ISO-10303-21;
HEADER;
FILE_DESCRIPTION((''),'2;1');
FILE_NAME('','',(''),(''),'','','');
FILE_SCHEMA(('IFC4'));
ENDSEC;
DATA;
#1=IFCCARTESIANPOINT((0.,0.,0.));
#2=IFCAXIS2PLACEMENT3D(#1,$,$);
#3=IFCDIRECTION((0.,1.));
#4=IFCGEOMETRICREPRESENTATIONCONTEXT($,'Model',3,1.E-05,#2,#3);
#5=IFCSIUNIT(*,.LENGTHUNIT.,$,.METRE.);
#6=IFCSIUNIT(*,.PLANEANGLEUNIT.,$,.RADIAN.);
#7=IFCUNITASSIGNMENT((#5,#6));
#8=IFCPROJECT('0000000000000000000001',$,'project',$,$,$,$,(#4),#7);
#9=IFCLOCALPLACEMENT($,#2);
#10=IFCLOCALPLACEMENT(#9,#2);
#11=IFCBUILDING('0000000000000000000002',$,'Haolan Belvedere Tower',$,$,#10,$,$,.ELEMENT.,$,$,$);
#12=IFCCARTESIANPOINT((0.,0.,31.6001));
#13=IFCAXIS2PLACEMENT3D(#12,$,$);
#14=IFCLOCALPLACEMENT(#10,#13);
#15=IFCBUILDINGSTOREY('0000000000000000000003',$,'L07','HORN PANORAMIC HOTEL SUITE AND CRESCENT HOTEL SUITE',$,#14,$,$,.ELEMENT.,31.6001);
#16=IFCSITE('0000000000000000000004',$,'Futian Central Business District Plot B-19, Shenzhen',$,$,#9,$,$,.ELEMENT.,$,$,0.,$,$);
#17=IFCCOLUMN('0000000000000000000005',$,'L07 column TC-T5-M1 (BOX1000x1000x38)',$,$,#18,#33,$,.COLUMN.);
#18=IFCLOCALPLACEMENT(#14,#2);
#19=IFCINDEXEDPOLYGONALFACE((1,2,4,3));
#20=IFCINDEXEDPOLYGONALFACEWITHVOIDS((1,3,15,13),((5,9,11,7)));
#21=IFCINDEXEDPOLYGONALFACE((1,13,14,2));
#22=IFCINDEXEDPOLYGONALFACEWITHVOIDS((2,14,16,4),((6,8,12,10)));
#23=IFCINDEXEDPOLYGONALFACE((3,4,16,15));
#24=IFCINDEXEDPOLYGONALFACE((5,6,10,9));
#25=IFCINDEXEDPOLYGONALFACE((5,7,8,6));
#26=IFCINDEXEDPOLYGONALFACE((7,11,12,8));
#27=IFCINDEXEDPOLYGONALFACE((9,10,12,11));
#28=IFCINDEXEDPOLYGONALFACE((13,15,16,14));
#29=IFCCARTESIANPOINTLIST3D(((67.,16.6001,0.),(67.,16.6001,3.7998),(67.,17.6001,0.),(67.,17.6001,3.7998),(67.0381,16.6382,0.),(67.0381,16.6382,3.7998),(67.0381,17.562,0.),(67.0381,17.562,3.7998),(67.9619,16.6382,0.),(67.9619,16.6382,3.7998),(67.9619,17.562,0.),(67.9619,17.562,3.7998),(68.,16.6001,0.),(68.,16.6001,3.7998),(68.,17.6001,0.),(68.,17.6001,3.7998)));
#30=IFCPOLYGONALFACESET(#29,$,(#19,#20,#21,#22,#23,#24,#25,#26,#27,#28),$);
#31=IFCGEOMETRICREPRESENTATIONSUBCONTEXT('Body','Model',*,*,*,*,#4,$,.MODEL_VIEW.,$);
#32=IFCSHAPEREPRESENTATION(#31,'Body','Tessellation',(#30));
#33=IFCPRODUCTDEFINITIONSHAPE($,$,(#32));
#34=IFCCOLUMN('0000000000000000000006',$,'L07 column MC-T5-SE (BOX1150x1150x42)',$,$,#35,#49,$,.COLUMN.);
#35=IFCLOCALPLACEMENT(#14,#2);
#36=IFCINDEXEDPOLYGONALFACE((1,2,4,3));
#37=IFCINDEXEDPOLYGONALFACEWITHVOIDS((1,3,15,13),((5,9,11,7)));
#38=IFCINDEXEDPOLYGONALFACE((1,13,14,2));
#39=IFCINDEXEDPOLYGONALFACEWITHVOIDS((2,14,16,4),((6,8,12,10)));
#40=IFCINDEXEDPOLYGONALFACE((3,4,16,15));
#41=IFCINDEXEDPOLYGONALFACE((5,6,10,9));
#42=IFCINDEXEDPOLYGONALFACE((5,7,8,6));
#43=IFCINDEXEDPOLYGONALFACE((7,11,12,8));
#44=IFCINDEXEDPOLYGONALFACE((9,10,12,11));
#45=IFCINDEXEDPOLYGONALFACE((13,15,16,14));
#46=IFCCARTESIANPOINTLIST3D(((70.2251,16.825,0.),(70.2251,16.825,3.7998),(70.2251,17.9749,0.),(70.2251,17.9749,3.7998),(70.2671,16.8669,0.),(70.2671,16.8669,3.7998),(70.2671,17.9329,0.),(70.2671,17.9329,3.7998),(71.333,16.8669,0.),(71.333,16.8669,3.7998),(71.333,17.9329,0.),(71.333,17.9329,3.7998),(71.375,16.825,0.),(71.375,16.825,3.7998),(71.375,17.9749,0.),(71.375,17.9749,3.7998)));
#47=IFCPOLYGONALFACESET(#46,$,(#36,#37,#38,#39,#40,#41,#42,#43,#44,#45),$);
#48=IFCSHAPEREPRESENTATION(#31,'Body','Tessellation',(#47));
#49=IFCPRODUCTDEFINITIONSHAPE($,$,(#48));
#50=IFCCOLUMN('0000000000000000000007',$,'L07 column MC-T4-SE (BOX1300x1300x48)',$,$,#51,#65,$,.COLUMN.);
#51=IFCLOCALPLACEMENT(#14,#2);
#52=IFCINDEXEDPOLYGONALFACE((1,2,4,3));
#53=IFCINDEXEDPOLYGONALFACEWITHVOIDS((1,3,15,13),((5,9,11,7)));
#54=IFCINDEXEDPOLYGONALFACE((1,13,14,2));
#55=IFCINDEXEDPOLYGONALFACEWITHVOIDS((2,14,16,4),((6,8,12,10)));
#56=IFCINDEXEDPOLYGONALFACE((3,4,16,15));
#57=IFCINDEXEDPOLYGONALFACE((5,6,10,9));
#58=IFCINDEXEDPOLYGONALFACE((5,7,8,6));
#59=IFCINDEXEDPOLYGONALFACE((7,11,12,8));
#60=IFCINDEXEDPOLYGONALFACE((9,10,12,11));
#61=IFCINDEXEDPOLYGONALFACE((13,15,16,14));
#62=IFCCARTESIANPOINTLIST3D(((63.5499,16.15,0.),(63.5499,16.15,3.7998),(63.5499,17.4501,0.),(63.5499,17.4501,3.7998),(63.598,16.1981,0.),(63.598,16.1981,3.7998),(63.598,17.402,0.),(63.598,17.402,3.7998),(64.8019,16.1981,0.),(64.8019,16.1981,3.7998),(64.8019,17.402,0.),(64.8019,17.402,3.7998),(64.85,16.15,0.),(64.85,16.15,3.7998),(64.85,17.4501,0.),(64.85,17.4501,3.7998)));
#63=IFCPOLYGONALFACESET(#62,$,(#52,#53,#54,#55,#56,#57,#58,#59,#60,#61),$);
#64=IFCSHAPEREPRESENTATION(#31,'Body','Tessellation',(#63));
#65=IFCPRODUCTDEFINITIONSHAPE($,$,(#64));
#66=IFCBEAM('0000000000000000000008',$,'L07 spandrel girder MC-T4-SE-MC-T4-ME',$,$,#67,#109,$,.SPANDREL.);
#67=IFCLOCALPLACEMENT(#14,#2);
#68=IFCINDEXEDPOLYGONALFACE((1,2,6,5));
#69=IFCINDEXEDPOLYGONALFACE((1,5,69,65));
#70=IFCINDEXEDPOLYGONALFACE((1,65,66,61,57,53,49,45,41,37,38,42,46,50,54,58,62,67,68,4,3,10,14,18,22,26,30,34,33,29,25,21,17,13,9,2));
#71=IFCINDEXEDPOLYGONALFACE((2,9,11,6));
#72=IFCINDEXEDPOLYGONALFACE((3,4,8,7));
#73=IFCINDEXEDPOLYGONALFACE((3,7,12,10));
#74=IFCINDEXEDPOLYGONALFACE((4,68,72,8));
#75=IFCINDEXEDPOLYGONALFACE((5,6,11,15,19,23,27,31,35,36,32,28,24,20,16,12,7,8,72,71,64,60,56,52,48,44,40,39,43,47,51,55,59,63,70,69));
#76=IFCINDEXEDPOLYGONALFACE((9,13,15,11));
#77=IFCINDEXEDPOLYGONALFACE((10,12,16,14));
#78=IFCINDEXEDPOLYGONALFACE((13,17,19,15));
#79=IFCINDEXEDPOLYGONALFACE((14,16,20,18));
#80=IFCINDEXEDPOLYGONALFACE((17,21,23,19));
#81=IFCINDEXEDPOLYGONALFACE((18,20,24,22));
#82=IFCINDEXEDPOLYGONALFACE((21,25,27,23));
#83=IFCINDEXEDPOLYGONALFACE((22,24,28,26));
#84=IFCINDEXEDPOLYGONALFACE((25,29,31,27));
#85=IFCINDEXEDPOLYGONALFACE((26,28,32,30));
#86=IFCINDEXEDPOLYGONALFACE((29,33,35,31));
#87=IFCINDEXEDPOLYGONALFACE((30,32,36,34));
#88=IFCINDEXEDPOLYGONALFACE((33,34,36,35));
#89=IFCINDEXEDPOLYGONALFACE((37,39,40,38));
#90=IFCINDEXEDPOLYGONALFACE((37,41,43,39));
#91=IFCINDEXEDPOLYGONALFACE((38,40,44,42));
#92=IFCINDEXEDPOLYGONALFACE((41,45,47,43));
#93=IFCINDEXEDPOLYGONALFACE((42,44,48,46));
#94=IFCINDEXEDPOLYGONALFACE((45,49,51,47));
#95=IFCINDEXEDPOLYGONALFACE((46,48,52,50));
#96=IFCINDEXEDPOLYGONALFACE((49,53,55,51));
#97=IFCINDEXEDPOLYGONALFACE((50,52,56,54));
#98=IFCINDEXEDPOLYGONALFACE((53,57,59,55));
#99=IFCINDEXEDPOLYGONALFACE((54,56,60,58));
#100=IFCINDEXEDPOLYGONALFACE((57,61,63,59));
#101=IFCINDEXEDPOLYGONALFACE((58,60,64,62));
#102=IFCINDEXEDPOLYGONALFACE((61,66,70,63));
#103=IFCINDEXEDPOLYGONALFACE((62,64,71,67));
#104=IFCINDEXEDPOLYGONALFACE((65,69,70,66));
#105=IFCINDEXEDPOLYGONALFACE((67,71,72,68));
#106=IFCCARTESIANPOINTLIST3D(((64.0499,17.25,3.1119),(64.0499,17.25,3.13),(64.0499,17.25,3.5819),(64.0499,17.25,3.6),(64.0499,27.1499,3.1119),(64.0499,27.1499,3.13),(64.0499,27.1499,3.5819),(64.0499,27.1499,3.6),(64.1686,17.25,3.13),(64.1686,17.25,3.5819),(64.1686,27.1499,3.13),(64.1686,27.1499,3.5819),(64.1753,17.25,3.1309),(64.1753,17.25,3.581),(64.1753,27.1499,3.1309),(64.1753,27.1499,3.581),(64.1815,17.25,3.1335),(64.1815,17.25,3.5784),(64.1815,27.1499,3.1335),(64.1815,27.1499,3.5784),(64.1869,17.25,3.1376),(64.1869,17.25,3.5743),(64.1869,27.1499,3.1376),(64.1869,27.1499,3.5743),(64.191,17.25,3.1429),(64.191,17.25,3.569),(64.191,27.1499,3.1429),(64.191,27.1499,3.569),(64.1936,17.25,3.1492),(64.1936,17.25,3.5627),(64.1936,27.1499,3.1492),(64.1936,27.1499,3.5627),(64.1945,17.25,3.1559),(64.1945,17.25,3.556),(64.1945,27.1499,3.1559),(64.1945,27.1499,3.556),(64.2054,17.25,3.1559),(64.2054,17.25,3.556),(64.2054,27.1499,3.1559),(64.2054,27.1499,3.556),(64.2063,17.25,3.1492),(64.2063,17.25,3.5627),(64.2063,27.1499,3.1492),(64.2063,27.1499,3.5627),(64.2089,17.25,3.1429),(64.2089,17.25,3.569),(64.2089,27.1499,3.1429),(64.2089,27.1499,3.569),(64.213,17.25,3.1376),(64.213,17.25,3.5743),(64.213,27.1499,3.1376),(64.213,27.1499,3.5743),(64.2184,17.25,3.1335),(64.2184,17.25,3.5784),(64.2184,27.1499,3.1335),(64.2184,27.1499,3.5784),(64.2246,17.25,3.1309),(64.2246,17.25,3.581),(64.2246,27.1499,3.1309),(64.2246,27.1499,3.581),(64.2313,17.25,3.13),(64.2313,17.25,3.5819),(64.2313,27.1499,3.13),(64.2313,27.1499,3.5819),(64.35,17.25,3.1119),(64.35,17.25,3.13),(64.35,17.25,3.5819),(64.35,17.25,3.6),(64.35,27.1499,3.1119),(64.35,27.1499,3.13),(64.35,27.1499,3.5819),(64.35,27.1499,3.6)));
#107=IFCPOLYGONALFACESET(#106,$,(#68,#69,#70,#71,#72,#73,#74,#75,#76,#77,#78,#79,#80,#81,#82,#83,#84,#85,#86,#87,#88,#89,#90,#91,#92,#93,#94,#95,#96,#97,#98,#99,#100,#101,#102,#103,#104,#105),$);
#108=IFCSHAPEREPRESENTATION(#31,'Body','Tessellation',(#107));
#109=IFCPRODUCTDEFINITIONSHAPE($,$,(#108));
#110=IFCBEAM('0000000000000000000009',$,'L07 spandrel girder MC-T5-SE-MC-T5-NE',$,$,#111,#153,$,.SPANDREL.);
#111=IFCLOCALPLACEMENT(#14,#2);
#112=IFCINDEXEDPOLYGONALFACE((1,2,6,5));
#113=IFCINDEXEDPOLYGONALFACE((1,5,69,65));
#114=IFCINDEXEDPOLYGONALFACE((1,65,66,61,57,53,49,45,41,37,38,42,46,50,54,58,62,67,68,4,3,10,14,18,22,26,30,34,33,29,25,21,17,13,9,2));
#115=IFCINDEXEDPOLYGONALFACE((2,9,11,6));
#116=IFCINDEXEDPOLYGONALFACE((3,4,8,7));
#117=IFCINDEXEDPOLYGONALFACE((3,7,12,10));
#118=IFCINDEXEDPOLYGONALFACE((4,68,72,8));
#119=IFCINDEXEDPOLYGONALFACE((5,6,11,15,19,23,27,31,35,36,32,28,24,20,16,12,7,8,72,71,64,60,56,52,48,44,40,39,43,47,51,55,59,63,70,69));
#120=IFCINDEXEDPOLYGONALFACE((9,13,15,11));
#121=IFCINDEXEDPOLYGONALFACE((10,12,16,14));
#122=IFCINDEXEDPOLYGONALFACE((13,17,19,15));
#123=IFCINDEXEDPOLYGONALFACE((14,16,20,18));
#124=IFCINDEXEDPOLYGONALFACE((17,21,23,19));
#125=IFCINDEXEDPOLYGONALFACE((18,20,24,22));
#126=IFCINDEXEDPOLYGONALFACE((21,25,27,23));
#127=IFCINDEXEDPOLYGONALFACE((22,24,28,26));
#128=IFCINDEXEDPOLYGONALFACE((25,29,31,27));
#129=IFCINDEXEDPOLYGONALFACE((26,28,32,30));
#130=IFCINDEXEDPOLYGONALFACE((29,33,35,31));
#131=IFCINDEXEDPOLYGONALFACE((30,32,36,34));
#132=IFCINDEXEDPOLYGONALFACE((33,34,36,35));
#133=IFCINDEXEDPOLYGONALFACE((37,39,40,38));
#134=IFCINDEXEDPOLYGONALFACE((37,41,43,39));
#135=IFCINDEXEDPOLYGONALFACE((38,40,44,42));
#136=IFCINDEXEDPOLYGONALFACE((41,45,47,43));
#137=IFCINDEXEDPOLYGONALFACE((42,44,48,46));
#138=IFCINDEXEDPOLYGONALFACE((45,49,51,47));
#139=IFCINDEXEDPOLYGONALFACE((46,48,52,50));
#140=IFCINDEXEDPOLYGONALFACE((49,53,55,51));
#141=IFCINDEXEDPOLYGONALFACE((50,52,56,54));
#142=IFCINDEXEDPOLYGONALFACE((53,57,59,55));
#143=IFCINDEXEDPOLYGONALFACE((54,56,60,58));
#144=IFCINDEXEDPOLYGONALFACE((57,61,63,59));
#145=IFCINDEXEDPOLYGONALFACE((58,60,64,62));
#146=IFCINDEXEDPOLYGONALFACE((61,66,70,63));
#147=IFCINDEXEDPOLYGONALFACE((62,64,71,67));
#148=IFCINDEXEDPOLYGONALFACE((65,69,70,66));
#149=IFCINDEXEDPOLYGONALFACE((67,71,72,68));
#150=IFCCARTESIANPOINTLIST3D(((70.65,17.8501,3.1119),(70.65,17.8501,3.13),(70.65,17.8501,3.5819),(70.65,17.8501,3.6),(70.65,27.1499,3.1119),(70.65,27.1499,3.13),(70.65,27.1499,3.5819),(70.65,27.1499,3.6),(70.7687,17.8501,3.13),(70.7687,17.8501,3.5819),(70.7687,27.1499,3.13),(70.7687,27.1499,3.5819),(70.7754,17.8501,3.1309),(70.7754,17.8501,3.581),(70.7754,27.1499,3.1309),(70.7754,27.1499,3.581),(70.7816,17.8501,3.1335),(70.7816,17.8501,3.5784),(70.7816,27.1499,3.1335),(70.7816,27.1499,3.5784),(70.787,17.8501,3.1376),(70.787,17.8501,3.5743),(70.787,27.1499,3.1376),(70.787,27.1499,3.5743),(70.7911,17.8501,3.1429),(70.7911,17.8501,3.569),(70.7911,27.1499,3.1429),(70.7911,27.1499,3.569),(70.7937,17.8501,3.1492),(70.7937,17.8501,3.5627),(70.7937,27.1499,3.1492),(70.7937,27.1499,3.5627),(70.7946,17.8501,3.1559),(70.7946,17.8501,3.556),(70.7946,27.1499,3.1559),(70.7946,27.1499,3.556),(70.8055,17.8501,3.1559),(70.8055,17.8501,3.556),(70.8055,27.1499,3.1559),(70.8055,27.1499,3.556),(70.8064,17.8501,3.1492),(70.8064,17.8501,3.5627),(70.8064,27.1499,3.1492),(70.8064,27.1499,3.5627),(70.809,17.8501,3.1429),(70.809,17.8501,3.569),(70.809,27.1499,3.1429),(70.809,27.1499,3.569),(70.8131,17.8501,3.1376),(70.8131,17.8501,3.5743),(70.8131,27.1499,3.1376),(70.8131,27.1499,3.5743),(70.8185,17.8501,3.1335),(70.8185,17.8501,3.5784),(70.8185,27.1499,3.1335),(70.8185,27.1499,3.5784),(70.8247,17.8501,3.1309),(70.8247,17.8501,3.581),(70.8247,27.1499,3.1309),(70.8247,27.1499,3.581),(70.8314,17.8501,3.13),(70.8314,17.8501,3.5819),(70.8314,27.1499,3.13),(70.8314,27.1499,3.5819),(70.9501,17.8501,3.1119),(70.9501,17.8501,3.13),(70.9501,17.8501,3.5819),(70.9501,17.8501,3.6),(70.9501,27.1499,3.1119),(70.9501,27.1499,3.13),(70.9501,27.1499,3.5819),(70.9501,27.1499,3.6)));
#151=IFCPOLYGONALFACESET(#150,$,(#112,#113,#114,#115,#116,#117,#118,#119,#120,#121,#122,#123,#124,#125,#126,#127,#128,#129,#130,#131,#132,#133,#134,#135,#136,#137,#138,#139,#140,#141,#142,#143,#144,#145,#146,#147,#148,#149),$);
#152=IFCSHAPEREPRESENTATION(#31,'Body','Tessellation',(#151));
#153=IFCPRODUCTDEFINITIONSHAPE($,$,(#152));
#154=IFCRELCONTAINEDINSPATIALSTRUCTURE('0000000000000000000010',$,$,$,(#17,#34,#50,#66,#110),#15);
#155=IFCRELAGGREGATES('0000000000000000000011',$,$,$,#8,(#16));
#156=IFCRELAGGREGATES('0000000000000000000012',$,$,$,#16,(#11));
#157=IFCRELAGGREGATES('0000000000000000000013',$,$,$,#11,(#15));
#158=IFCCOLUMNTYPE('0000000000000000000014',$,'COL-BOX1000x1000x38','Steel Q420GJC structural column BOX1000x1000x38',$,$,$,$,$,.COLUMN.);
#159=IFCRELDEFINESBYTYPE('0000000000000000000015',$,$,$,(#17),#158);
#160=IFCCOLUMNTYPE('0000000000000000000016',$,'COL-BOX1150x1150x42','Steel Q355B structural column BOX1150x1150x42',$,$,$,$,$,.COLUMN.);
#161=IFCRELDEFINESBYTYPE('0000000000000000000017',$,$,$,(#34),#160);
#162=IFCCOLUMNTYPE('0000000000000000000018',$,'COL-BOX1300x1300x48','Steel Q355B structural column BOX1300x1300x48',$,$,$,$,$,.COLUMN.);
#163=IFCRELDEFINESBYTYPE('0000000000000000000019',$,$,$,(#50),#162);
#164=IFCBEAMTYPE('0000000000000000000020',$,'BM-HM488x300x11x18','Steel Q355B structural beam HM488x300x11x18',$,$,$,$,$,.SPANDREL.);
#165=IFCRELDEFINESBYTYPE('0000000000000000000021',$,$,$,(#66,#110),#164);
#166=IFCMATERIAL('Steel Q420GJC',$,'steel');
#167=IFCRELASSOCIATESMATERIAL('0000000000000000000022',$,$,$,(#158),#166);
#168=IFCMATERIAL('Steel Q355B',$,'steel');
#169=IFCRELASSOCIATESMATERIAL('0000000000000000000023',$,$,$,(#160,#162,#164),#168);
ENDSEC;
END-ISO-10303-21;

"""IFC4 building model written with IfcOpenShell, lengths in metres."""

from ifc_helpers import new_model, si_unit, direction, frame, origin, origin_2d, place, context, subcontext, project, spatial, hollow_rectangle, i_section, extrude, material, material_profile, profile_set, type_object, element, save


model = new_model("IFC4")

# Units and contexts
model_context = context("Model", 3, precision=1e-05, world=origin(), true_north=direction((0.0, 1.0)))
body_context = subcontext(model_context, "Body", "Model", "MODEL_VIEW")
ifc_project = project(units=[si_unit("LENGTHUNIT", "METRE"), si_unit("PLANEANGLEUNIT", "RADIAN")], contexts=[model_context])

# Site, building, storey
site_placement = place(None, origin())
site = spatial("IfcSite", under=ifc_project, at=site_placement, Name="Futian Central Business District Plot B-19, Shenzhen", CompositionType="ELEMENT", RefElevation=0.0)
building_placement = place(site_placement, origin())
building = spatial("IfcBuilding", under=site, at=building_placement, Name="Haolan Belvedere Tower", CompositionType="ELEMENT")
storey_placement = place(building_placement, frame((0.0, 0.0, 31.6001)))
storey = spatial("IfcBuildingStorey", under=building, at=storey_placement, Name="L07", Description="HORN PANORAMIC HOTEL SUITE AND CRESCENT HOTEL SUITE", CompositionType="ELEMENT", Elevation=31.6001)

# Columns
ifc_material_1 = material(Name="Steel Q420GJC", Category="steel")
ifc_material_profile_1 = material_profile(ifc_material_1, hollow_rectangle(XDim=1.0, YDim=1.0, WallThickness=0.0381, at=origin_2d()), Name="Steel Q420GJC")
ifc_profile_set_1 = profile_set([ifc_material_profile_1], Name="Steel Q420GJC")
column_type_1 = type_object("IfcColumnType", Name="COL-BOX1000x1000x38", Description="Steel Q420GJC structural column BOX1000x1000x38", PredefinedType="COLUMN", material=ifc_profile_set_1)
column_1_placement = place(storey_placement, frame((67.5, 17.1001, 0.0), z_axis=(0.0, 0.0, 1.0), x_axis=(1.0, 0.0, 0.0)))
element("IfcColumn", 1, at=column_1_placement, inside=storey, type_object=column_type_1, Name="L07 column TC-T5-M1 (BOX1000x1000x38)", PredefinedType="COLUMN", context=body_context, shape_type="SweptSolid", body=[
    extrude(hollow_rectangle(XDim=1.0, YDim=1.0, WallThickness=0.0381, at=origin_2d()), origin(), (0.0, 0.0, 1.0), 3.7998),
])
ifc_material_2 = material(Name="Steel Q355B", Category="steel")
ifc_material_profile_2 = material_profile(ifc_material_2, hollow_rectangle(XDim=1.1499, YDim=1.1499, WallThickness=0.042, at=origin_2d()), Name="Steel Q355B")
ifc_profile_set_2 = profile_set([ifc_material_profile_2], Name="Steel Q355B")
column_type_2 = type_object("IfcColumnType", Name="COL-BOX1150x1150x42", Description="Steel Q355B structural column BOX1150x1150x42", PredefinedType="COLUMN", material=ifc_profile_set_2)
column_2_placement = place(storey_placement, frame((70.8, 17.3999, 0.0), z_axis=(0.0, 0.0, 1.0), x_axis=(1.0, 0.0, 0.0)))
element("IfcColumn", 2, at=column_2_placement, inside=storey, type_object=column_type_2, Name="L07 column MC-T5-SE (BOX1150x1150x42)", PredefinedType="COLUMN", context=body_context, shape_type="SweptSolid", body=[
    extrude(hollow_rectangle(XDim=1.1499, YDim=1.1499, WallThickness=0.042, at=origin_2d()), origin(), (0.0, 0.0, 1.0), 3.7998),
])
ifc_material_profile_3 = material_profile(ifc_material_2, hollow_rectangle(XDim=1.3, YDim=1.3, WallThickness=0.0481, at=origin_2d()), Name="Steel Q355B")
ifc_profile_set_3 = profile_set([ifc_material_profile_3], Name="Steel Q355B")
column_type_3 = type_object("IfcColumnType", Name="COL-BOX1300x1300x48", Description="Steel Q355B structural column BOX1300x1300x48", PredefinedType="COLUMN", material=ifc_profile_set_3)
column_3_placement = place(storey_placement, frame((64.2, 16.8, 0.0), z_axis=(0.0, 0.0, 1.0), x_axis=(1.0, 0.0, 0.0)))
element("IfcColumn", 3, at=column_3_placement, inside=storey, type_object=column_type_3, Name="L07 column MC-T4-SE (BOX1300x1300x48)", PredefinedType="COLUMN", context=body_context, shape_type="SweptSolid", body=[
    extrude(hollow_rectangle(XDim=1.3, YDim=1.3, WallThickness=0.0481, at=origin_2d()), origin(), (0.0, 0.0, 1.0), 3.7998),
])

# Beams
ifc_material_profile_4 = material_profile(ifc_material_2, i_section(OverallWidth=0.3, OverallDepth=0.488, WebThickness=0.011, FlangeThickness=0.0181, FilletRadius=0.0259, at=origin_2d()), Name="Steel Q355B")
ifc_profile_set_4 = profile_set([ifc_material_profile_4], Name="Steel Q355B")
beam_type = type_object("IfcBeamType", Name="BM-HM488x300x11x18", Description="Steel Q355B structural beam HM488x300x11x18", PredefinedType="SPANDREL", material=ifc_profile_set_4)
beam_1_placement = place(storey_placement, frame((64.2, 17.25, 3.356), z_axis=(0.0, 1.0, 0.0), x_axis=(-1.0, 0.0, 0.0)))
element("IfcBeam", 4, at=beam_1_placement, inside=storey, type_object=beam_type, Name="L07 spandrel girder MC-T4-SE-MC-T4-ME", PredefinedType="SPANDREL", context=body_context, shape_type="SweptSolid", body=[
    extrude(i_section(OverallWidth=0.3, OverallDepth=0.488, WebThickness=0.011, FlangeThickness=0.0181, FilletRadius=0.0259, at=origin_2d()), origin(), (0.0, 0.0, 1.0), 9.8999),
])
beam_2_placement = place(storey_placement, frame((70.8, 17.8501, 3.356), z_axis=(0.0, 1.0, 0.0), x_axis=(-1.0, 0.0, 0.0)))
element("IfcBeam", 5, at=beam_2_placement, inside=storey, type_object=beam_type, Name="L07 spandrel girder MC-T5-SE-MC-T5-NE", PredefinedType="SPANDREL", context=body_context, shape_type="SweptSolid", body=[
    extrude(i_section(OverallWidth=0.3, OverallDepth=0.488, WebThickness=0.011, FlangeThickness=0.0181, FilletRadius=0.0259, at=origin_2d()), origin(), (0.0, 0.0, 1.0), 9.2998),
])

save(model, "model.ifc")
